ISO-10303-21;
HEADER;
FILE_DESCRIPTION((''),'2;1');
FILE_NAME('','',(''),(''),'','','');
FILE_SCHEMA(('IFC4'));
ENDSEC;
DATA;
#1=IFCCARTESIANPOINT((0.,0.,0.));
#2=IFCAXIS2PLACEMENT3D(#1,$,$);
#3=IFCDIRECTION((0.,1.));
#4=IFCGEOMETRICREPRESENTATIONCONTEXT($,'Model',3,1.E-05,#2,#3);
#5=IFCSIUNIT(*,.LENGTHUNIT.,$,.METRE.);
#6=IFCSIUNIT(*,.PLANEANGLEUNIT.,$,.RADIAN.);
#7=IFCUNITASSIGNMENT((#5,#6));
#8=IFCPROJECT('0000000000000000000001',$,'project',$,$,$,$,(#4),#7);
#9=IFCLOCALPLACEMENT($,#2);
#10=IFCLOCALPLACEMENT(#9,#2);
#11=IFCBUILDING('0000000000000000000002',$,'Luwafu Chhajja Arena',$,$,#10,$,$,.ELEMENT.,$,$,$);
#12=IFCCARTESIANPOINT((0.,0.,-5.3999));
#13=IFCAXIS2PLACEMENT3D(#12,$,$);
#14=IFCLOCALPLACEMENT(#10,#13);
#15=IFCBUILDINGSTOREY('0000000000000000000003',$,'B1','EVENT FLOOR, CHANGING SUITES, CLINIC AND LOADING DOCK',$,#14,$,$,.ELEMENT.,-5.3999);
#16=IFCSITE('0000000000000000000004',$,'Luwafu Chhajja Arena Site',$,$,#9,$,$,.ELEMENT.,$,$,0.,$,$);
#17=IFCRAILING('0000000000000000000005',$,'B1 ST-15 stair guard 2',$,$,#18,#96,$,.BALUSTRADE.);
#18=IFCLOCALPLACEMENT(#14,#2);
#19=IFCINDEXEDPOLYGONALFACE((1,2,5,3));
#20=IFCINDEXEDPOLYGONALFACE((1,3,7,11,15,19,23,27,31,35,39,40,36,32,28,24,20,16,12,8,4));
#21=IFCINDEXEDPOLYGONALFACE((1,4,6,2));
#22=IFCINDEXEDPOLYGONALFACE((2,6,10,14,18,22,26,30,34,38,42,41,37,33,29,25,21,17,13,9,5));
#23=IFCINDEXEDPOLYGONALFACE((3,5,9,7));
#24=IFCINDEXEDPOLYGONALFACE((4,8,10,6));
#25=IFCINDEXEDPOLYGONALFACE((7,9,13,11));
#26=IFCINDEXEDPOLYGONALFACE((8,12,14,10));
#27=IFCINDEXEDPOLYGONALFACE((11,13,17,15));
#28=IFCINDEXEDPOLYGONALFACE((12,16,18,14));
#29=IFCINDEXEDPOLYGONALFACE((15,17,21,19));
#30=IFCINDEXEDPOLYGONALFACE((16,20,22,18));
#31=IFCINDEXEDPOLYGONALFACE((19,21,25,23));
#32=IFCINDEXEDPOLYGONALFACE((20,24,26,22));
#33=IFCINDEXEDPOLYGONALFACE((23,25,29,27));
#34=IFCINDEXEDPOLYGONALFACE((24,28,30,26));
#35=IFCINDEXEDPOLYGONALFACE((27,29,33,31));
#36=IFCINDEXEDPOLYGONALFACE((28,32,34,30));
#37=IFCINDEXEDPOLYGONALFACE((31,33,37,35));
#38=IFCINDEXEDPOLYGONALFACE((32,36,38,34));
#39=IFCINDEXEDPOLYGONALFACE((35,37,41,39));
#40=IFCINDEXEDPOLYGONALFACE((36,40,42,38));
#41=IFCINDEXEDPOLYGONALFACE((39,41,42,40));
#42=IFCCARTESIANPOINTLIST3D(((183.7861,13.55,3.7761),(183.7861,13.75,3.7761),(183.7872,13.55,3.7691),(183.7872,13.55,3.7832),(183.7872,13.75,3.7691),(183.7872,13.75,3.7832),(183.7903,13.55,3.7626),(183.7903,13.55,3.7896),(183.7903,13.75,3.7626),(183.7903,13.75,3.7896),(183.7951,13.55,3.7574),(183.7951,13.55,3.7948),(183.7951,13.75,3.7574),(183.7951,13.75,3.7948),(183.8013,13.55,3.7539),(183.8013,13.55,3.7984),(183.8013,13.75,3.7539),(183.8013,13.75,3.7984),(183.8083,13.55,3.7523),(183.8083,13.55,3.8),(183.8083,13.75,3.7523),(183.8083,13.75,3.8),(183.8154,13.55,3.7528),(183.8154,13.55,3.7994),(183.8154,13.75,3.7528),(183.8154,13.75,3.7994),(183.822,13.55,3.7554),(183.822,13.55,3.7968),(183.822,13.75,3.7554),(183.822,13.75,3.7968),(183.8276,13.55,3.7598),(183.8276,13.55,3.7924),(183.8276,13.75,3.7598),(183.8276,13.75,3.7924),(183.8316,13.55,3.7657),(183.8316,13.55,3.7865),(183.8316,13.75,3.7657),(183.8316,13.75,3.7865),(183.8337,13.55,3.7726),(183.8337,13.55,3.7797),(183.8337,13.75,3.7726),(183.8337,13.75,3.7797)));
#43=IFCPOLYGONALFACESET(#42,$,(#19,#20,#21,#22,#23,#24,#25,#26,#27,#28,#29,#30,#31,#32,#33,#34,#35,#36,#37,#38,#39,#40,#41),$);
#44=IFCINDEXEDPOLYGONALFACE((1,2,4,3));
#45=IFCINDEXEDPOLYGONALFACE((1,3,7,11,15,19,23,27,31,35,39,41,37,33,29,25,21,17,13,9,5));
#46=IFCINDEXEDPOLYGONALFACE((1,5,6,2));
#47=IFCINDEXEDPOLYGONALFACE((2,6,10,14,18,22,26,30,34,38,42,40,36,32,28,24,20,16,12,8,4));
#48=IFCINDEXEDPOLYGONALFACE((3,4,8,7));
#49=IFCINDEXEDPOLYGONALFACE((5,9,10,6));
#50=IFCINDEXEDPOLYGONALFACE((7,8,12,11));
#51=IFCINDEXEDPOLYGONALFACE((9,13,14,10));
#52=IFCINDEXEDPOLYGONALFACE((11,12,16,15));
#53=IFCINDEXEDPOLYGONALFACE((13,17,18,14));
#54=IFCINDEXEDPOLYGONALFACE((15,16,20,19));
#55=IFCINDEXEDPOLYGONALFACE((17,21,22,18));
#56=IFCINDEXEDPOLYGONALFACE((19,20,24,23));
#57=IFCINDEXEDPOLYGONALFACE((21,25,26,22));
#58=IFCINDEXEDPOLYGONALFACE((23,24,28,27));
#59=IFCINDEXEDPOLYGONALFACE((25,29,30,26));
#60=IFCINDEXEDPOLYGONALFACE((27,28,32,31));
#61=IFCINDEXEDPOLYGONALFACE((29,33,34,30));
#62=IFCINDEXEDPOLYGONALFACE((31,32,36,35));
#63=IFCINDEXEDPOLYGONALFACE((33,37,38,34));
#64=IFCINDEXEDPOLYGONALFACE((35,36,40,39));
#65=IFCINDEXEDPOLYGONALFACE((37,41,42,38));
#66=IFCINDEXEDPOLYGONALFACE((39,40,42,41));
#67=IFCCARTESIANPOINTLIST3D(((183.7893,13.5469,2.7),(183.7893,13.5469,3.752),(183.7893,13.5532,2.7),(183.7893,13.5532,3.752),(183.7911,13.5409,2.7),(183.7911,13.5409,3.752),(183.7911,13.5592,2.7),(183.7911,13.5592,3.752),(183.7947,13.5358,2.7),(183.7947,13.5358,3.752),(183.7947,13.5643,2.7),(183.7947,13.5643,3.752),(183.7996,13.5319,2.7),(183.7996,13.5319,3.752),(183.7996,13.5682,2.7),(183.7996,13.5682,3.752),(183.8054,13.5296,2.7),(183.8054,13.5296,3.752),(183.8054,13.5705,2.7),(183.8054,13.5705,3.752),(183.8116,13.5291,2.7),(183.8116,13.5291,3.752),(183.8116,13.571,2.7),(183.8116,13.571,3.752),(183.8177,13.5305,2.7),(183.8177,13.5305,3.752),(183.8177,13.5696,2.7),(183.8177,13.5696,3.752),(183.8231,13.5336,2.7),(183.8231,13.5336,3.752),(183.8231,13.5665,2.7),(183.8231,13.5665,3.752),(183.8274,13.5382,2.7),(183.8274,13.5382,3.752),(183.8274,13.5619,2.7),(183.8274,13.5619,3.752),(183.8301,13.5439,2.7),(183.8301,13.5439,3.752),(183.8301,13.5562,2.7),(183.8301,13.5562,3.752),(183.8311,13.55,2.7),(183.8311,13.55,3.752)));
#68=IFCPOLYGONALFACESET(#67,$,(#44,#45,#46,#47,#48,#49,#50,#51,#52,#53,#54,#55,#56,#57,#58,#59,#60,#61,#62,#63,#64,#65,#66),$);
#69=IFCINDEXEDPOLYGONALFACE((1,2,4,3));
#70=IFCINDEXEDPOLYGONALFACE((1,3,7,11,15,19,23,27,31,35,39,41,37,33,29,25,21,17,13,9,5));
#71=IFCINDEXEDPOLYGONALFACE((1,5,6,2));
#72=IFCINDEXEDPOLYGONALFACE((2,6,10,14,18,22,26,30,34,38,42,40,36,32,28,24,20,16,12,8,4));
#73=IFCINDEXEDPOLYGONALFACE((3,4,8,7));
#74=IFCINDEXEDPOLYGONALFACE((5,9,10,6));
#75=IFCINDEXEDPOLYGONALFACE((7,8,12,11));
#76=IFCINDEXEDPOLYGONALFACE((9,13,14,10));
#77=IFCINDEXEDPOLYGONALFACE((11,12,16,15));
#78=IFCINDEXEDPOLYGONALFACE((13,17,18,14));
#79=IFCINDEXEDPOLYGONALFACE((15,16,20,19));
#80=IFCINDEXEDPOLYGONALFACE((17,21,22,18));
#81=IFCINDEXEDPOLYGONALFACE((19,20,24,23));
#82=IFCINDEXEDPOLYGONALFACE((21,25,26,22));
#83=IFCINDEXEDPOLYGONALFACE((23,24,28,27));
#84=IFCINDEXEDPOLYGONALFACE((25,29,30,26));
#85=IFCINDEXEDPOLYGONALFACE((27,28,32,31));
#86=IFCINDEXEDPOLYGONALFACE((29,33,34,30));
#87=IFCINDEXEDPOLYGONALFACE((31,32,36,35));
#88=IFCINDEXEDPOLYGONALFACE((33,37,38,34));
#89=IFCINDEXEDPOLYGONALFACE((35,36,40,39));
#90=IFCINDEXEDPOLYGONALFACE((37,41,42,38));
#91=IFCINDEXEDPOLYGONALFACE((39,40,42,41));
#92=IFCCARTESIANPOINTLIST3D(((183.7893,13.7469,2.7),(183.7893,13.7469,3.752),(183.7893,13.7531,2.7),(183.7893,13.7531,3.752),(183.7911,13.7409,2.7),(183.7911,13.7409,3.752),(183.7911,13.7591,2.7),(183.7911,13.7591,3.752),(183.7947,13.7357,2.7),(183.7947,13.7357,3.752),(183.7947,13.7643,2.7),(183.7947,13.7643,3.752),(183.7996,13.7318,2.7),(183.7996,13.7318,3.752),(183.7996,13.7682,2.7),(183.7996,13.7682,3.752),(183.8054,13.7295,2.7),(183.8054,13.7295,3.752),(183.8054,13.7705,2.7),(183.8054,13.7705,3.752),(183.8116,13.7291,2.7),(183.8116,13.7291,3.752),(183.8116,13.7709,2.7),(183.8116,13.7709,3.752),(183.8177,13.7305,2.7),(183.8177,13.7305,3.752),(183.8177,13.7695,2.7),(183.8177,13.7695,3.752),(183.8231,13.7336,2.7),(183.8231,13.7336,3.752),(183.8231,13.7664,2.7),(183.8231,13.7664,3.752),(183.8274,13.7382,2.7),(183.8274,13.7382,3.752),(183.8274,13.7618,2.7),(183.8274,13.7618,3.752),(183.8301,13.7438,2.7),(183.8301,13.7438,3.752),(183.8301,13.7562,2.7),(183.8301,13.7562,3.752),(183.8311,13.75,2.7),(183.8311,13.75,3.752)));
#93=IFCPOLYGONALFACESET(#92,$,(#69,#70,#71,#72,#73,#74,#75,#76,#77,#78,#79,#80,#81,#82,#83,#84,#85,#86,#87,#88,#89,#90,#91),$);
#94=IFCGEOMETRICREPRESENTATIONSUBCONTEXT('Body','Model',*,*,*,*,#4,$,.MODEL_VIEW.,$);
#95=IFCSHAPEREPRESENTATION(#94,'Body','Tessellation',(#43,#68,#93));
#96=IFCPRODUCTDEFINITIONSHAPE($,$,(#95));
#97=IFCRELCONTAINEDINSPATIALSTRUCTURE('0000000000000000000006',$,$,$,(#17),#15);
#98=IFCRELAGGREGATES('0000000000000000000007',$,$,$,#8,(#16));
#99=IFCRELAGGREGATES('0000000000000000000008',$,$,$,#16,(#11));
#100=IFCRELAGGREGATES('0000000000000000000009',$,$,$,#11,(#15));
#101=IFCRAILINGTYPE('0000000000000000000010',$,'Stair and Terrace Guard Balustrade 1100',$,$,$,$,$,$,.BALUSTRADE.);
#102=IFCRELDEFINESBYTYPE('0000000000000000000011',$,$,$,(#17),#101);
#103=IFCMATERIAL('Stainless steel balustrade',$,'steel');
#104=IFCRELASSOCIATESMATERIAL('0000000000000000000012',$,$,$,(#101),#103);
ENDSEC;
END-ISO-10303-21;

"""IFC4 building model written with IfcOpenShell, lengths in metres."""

from ifc_helpers import new_model, si_unit, direction, frame, origin, origin_2d, place, context, subcontext, project, spatial, circle, extrude, material, type_object, element, save


model = new_model("IFC4")

# Units and contexts
model_context = context("Model", 3, precision=1e-05, world=origin(), true_north=direction((0.0, 1.0)))
body_context = subcontext(model_context, "Body", "Model", "MODEL_VIEW")
ifc_project = project(units=[si_unit("LENGTHUNIT", "METRE"), si_unit("PLANEANGLEUNIT", "RADIAN")], contexts=[model_context])

# Site, building, storey
site_placement = place(None, origin())
site = spatial("IfcSite", under=ifc_project, at=site_placement, Name="Luwafu Chhajja Arena Site", CompositionType="ELEMENT", RefElevation=0.0)
building_placement = place(site_placement, origin())
building = spatial("IfcBuilding", under=site, at=building_placement, Name="Luwafu Chhajja Arena", CompositionType="ELEMENT")
storey_placement = place(building_placement, frame((0.0, 0.0, -5.3999)))
storey = spatial("IfcBuildingStorey", under=building, at=storey_placement, Name="B1", Description="EVENT FLOOR, CHANGING SUITES, CLINIC AND LOADING DOCK", CompositionType="ELEMENT", Elevation=-5.3999)

# Railing
ifc_material_1 = material(Name="Stainless steel balustrade", Category="steel")
railing_type_1 = type_object("IfcRailingType", Name="Stair and Terrace Guard Balustrade 1100", PredefinedType="BALUSTRADE", material=ifc_material_1)
railing_1_placement = place(storey_placement, frame((183.8101, 13.55, 2.7)))
element("IfcRailing", 1, at=railing_1_placement, inside=storey, type_object=railing_type_1, Name="B1 ST-15 stair guard 2", PredefinedType="BALUSTRADE", context=body_context, shape_type="SweptSolid", body=[
    extrude(circle(Radius=0.0239, at=origin_2d()), frame((0.0, 0.0, 1.0762), z_axis=(0.0, 1.0, 0.0), x_axis=(-1.0, 0.0, 0.0)), (0.0, 0.0, 1.0), 0.2),
    extrude(circle(Radius=0.021, at=origin_2d()), origin(), (0.0, 0.0, 1.0), 1.052),
    extrude(circle(Radius=0.021, at=origin_2d()), frame((0.0, 0.2, 0.0)), (0.0, 0.0, 1.0), 1.052),
])

save(model, "model.ifc")
